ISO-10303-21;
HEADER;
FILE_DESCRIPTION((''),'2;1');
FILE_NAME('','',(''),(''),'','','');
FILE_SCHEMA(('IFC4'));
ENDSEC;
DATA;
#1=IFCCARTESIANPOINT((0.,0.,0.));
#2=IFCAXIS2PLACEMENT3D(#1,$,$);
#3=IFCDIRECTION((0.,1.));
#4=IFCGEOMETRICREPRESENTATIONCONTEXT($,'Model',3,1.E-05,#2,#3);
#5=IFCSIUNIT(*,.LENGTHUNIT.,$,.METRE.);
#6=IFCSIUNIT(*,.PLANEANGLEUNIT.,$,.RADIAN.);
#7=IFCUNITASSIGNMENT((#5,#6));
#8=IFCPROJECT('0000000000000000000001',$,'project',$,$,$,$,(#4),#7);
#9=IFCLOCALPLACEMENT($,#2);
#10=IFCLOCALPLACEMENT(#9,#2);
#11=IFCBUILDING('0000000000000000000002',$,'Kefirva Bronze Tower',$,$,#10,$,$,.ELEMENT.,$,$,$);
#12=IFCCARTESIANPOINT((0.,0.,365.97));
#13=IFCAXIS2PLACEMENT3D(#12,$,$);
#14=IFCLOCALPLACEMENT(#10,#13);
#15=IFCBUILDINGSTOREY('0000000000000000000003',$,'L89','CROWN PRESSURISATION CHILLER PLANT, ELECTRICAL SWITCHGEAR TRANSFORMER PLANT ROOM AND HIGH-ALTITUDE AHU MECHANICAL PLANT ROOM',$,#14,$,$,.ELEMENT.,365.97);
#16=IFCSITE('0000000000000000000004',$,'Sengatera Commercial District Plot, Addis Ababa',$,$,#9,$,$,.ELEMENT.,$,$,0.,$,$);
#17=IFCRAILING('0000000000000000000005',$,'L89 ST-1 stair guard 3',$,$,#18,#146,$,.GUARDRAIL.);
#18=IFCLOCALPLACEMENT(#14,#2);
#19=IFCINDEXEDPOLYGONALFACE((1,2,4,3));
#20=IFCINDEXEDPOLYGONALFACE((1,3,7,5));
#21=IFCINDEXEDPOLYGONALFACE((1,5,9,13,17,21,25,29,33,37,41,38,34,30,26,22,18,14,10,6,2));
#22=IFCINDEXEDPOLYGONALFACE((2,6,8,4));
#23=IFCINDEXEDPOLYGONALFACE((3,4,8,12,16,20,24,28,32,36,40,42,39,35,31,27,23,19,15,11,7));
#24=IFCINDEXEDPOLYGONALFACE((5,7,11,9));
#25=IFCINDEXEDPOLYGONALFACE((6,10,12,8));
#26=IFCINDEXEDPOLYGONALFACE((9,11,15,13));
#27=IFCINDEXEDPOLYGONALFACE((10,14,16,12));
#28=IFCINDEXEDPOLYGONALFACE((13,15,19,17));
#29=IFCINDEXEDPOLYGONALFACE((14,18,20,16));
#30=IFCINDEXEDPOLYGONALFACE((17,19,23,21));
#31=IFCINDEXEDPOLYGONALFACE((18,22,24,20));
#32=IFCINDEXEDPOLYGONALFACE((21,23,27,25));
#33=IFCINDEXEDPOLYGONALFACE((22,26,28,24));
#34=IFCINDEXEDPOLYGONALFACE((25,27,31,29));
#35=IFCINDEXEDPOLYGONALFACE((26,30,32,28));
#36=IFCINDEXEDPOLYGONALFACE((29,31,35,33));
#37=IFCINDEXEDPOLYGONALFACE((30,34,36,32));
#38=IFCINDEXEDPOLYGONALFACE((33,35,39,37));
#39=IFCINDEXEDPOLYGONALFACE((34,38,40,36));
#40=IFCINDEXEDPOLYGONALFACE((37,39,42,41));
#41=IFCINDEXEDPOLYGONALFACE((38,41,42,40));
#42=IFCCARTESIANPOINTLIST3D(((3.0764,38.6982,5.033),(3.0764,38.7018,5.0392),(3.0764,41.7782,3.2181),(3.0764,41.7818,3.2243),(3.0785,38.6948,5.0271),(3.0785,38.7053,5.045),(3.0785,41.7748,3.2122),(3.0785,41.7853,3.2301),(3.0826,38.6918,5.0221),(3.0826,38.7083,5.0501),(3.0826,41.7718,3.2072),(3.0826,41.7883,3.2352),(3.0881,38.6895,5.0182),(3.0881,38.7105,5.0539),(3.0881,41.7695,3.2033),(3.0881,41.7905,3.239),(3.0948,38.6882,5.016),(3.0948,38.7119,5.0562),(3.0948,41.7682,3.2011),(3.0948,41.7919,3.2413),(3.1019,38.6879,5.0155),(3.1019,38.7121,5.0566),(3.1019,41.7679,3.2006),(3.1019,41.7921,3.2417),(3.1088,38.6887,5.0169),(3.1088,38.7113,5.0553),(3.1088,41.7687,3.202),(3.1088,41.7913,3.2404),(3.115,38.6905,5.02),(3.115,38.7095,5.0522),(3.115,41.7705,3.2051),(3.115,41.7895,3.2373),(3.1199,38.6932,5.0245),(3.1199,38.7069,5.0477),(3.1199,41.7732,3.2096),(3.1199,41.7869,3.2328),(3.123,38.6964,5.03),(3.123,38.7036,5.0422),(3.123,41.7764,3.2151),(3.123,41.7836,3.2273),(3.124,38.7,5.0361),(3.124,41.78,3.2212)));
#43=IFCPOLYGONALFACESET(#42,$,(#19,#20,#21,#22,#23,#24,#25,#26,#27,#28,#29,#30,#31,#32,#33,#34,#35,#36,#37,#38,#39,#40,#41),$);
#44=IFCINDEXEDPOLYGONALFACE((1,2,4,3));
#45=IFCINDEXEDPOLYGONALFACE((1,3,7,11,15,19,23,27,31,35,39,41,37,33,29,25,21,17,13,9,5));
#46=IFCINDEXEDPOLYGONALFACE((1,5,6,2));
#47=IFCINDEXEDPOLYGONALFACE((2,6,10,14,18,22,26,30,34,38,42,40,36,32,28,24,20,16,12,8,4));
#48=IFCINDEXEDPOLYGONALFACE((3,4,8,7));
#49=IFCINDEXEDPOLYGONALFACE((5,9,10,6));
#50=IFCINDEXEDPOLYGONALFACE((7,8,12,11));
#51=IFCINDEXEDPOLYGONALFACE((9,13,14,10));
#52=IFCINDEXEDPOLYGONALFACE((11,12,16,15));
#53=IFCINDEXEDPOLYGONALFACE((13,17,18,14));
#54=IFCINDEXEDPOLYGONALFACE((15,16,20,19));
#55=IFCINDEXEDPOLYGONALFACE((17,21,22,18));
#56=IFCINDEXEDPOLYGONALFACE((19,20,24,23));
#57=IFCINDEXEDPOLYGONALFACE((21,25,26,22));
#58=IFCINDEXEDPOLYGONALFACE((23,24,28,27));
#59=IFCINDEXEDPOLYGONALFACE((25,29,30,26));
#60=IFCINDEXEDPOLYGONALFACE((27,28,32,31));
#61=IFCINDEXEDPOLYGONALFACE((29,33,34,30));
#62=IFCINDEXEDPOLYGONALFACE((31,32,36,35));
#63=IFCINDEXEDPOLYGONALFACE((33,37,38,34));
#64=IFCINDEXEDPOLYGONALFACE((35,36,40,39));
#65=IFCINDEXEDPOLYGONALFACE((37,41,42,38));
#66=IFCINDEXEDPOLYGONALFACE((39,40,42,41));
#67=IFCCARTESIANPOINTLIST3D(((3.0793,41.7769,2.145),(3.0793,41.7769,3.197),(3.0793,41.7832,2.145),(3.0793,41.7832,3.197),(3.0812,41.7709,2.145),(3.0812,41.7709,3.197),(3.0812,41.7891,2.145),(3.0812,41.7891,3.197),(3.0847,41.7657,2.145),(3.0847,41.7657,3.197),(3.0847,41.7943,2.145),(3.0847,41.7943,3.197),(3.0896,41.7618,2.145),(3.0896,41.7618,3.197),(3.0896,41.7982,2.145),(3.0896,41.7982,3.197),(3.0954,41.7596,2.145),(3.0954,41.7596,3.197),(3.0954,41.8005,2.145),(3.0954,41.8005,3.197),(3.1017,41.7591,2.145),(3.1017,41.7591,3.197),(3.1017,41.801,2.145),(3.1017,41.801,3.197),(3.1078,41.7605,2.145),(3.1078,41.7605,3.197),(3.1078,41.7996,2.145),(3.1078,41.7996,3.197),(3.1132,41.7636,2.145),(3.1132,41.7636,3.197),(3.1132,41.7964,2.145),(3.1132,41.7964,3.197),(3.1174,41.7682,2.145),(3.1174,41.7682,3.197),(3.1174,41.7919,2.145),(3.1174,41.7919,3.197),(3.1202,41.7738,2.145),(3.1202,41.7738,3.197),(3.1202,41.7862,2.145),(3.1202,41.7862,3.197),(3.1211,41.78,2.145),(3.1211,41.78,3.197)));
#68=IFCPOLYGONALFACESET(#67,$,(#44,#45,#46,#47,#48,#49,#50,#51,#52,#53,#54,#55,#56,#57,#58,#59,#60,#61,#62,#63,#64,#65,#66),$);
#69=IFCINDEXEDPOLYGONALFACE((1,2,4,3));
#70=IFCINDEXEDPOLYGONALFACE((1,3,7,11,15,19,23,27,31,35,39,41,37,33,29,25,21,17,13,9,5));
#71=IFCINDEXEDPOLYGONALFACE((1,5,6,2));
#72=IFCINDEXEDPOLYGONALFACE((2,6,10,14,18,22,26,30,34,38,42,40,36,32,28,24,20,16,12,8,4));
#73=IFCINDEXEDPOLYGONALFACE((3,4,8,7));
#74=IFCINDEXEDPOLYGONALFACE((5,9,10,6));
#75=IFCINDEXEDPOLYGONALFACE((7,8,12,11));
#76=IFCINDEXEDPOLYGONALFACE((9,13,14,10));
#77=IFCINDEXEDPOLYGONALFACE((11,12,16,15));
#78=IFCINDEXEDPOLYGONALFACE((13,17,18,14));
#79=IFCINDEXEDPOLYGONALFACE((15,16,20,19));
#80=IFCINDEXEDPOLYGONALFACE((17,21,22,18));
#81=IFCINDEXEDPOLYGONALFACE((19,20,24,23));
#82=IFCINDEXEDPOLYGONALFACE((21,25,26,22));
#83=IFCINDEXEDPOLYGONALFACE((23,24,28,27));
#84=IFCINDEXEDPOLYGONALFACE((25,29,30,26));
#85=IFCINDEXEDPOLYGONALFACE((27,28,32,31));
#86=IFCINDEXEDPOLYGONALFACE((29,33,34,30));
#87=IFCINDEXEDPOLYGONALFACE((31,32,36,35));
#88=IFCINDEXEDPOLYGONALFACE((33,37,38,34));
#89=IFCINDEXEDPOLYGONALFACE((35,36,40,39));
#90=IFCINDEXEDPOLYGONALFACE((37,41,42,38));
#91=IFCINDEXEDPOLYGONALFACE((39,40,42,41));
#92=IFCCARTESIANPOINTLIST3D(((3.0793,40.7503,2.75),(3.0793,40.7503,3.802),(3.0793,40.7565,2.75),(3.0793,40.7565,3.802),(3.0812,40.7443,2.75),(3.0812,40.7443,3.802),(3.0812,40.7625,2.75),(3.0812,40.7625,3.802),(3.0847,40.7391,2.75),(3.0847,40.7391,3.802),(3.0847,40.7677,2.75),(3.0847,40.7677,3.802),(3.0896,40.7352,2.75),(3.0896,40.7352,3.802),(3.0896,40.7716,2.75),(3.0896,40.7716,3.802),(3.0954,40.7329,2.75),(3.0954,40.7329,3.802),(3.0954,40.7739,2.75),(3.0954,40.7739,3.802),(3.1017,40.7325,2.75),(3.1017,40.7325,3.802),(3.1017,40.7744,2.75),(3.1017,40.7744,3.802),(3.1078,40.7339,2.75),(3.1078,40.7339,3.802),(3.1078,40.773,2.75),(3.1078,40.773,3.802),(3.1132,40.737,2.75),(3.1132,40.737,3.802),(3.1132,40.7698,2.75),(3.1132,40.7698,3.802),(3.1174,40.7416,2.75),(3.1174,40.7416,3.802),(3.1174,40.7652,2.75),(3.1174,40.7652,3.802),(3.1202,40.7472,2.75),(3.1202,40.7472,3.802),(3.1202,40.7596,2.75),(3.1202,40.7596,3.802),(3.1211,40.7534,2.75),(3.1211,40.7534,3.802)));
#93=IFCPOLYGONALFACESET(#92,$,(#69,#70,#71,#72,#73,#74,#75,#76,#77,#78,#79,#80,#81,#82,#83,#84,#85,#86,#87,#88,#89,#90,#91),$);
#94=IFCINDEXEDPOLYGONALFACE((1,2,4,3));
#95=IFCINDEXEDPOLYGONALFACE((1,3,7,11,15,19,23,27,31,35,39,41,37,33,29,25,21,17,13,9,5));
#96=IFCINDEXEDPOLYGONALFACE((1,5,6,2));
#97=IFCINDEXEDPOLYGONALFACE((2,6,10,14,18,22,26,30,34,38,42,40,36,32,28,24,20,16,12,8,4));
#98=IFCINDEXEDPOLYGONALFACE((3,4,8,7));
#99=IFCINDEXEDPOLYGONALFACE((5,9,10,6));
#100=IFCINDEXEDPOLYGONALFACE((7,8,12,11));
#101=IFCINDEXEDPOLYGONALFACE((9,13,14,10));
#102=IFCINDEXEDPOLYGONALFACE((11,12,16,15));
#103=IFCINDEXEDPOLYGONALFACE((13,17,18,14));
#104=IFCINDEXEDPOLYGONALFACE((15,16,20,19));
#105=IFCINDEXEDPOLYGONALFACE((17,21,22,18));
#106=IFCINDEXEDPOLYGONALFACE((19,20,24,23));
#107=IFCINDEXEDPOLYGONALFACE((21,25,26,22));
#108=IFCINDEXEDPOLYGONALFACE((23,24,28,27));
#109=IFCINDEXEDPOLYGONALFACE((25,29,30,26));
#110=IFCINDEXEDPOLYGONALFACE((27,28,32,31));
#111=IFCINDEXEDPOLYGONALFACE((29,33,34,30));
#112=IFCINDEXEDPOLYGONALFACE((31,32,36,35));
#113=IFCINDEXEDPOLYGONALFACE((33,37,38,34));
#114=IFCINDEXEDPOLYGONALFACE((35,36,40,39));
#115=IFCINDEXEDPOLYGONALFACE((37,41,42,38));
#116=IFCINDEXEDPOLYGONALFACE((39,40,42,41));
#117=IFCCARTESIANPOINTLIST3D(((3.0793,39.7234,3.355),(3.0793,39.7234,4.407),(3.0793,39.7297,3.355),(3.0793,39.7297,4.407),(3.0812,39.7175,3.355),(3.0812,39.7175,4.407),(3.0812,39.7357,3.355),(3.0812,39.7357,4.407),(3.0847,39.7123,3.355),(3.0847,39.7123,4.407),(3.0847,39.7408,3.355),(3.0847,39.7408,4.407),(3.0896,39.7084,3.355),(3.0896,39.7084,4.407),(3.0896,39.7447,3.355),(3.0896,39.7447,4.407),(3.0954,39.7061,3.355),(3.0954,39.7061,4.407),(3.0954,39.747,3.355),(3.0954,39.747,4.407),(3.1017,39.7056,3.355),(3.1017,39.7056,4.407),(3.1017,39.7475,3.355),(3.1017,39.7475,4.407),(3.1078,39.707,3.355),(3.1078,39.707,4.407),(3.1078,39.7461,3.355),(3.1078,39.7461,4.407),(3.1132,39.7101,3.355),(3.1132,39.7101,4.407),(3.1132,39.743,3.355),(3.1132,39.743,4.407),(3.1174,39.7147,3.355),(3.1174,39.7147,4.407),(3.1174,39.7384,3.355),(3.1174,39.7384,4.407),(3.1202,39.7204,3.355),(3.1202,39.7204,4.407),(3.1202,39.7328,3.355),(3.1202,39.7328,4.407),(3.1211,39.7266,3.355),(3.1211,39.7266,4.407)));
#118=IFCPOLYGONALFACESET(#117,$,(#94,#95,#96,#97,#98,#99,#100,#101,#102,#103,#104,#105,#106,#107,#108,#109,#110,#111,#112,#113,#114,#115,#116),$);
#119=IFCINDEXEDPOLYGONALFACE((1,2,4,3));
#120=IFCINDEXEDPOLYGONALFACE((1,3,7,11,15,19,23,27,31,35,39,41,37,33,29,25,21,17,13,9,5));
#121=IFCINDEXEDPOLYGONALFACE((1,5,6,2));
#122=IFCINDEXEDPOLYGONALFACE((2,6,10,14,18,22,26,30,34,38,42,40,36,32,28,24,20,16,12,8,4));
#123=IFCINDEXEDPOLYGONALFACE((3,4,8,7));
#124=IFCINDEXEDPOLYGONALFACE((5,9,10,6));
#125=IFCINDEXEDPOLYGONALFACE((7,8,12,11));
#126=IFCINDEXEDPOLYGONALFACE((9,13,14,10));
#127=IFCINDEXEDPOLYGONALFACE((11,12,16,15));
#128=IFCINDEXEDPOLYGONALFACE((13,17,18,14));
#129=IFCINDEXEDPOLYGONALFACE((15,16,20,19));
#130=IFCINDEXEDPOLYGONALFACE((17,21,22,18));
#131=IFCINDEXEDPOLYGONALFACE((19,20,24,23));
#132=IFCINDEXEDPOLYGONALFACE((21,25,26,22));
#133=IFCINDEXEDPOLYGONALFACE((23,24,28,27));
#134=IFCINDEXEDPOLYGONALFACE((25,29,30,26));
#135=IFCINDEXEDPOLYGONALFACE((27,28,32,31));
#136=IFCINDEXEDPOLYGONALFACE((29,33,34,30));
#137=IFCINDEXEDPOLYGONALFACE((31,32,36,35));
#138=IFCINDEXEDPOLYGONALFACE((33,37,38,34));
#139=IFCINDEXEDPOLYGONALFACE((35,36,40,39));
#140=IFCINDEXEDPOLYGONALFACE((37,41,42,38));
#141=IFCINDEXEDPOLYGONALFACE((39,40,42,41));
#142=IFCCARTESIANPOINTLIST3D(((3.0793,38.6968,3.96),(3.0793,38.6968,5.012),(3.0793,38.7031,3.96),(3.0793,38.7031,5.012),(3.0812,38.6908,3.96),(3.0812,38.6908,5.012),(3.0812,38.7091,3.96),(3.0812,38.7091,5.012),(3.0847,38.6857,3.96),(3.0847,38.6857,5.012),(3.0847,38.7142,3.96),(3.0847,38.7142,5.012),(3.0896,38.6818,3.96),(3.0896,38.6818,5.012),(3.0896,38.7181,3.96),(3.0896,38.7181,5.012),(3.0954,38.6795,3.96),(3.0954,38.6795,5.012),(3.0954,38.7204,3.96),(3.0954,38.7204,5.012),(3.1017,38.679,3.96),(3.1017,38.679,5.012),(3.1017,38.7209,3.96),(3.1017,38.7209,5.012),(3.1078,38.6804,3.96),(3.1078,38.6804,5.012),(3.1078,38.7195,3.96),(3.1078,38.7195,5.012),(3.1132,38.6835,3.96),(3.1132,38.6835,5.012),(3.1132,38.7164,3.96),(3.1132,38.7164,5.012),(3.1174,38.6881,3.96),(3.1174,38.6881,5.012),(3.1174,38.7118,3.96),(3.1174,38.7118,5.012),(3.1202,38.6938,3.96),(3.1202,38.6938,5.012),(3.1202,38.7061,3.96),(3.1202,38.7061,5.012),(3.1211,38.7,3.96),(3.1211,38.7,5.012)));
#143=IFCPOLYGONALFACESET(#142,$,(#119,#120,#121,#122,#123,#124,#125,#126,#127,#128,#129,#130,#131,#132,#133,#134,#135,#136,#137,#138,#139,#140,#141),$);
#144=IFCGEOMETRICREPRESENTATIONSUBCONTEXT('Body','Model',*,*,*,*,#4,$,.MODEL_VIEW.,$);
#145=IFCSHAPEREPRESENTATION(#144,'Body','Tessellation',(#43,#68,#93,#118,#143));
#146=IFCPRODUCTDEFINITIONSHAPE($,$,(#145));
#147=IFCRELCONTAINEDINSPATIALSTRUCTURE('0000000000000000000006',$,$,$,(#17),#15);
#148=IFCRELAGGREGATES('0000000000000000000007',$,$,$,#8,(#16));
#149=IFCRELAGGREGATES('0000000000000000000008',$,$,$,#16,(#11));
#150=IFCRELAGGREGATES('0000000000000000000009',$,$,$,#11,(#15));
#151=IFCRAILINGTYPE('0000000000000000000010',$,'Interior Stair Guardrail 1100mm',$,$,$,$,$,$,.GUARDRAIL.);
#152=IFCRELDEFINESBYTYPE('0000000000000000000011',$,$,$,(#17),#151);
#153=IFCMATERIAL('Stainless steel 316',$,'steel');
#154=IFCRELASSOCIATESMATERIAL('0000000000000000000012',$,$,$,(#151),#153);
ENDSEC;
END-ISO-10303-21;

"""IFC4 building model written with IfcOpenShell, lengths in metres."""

from ifc_helpers import new_model, si_unit, direction, frame, origin, origin_2d, place, context, subcontext, project, spatial, circle, extrude, material, type_object, element, save


model = new_model("IFC4")

# Units and contexts
model_context = context("Model", 3, precision=1e-05, world=origin(), true_north=direction((0.0, 1.0)))
body_context = subcontext(model_context, "Body", "Model", "MODEL_VIEW")
ifc_project = project(units=[si_unit("LENGTHUNIT", "METRE"), si_unit("PLANEANGLEUNIT", "RADIAN")], contexts=[model_context])

# Site, building, storey
site_placement = place(None, origin())
site = spatial("IfcSite", under=ifc_project, at=site_placement, Name="Sengatera Commercial District Plot, Addis Ababa", CompositionType="ELEMENT", RefElevation=0.0)
building_placement = place(site_placement, origin())
building = spatial("IfcBuilding", under=site, at=building_placement, Name="Kefirva Bronze Tower", CompositionType="ELEMENT")
storey_placement = place(building_placement, frame((0.0, 0.0, 365.97)))
storey = spatial("IfcBuildingStorey", under=building, at=storey_placement, Name="L89", Description="CROWN PRESSURISATION CHILLER PLANT, ELECTRICAL SWITCHGEAR TRANSFORMER PLANT ROOM AND HIGH-ALTITUDE AHU MECHANICAL PLANT ROOM", CompositionType="ELEMENT", Elevation=365.97)

# Shared definitions
ifc_material_1 = material(Name="Stainless steel 316", Category="steel")

# Railing
railing_type_1 = type_object("IfcRailingType", Name="Interior Stair Guardrail 1100mm", PredefinedType="GUARDRAIL", material=ifc_material_1)
railing_1_placement = place(storey_placement, frame((3.1001, 41.78, 2.145)))
element("IfcRailing", 1, at=railing_1_placement, inside=storey, type_object=railing_type_1, Name="L89 ST-1 stair guard 3", PredefinedType="GUARDRAIL", context=body_context, shape_type="SweptSolid", body=[
    extrude(circle(Radius=0.0239, at=origin_2d()), frame((0.0, 0.0, 1.0762), z_axis=(0.0, -0.861551, 0.507671), x_axis=(1.0, 0.0, 0.0)), (0.0, 0.0, 1.0), 3.575),
    extrude(circle(Radius=0.021, at=origin_2d()), origin(), (0.0, 0.0, 1.0), 1.052),
    extrude(circle(Radius=0.021, at=origin_2d()), frame((0.0, -1.0266, 0.605)), (0.0, 0.0, 1.0), 1.052),
    extrude(circle(Radius=0.021, at=origin_2d()), frame((0.0, -2.0535, 1.21)), (0.0, 0.0, 1.0), 1.052),
    extrude(circle(Radius=0.021, at=origin_2d()), frame((0.0, -3.0801, 1.8149)), (0.0, 0.0, 1.0), 1.052),
])

save(model, "model.ifc")
